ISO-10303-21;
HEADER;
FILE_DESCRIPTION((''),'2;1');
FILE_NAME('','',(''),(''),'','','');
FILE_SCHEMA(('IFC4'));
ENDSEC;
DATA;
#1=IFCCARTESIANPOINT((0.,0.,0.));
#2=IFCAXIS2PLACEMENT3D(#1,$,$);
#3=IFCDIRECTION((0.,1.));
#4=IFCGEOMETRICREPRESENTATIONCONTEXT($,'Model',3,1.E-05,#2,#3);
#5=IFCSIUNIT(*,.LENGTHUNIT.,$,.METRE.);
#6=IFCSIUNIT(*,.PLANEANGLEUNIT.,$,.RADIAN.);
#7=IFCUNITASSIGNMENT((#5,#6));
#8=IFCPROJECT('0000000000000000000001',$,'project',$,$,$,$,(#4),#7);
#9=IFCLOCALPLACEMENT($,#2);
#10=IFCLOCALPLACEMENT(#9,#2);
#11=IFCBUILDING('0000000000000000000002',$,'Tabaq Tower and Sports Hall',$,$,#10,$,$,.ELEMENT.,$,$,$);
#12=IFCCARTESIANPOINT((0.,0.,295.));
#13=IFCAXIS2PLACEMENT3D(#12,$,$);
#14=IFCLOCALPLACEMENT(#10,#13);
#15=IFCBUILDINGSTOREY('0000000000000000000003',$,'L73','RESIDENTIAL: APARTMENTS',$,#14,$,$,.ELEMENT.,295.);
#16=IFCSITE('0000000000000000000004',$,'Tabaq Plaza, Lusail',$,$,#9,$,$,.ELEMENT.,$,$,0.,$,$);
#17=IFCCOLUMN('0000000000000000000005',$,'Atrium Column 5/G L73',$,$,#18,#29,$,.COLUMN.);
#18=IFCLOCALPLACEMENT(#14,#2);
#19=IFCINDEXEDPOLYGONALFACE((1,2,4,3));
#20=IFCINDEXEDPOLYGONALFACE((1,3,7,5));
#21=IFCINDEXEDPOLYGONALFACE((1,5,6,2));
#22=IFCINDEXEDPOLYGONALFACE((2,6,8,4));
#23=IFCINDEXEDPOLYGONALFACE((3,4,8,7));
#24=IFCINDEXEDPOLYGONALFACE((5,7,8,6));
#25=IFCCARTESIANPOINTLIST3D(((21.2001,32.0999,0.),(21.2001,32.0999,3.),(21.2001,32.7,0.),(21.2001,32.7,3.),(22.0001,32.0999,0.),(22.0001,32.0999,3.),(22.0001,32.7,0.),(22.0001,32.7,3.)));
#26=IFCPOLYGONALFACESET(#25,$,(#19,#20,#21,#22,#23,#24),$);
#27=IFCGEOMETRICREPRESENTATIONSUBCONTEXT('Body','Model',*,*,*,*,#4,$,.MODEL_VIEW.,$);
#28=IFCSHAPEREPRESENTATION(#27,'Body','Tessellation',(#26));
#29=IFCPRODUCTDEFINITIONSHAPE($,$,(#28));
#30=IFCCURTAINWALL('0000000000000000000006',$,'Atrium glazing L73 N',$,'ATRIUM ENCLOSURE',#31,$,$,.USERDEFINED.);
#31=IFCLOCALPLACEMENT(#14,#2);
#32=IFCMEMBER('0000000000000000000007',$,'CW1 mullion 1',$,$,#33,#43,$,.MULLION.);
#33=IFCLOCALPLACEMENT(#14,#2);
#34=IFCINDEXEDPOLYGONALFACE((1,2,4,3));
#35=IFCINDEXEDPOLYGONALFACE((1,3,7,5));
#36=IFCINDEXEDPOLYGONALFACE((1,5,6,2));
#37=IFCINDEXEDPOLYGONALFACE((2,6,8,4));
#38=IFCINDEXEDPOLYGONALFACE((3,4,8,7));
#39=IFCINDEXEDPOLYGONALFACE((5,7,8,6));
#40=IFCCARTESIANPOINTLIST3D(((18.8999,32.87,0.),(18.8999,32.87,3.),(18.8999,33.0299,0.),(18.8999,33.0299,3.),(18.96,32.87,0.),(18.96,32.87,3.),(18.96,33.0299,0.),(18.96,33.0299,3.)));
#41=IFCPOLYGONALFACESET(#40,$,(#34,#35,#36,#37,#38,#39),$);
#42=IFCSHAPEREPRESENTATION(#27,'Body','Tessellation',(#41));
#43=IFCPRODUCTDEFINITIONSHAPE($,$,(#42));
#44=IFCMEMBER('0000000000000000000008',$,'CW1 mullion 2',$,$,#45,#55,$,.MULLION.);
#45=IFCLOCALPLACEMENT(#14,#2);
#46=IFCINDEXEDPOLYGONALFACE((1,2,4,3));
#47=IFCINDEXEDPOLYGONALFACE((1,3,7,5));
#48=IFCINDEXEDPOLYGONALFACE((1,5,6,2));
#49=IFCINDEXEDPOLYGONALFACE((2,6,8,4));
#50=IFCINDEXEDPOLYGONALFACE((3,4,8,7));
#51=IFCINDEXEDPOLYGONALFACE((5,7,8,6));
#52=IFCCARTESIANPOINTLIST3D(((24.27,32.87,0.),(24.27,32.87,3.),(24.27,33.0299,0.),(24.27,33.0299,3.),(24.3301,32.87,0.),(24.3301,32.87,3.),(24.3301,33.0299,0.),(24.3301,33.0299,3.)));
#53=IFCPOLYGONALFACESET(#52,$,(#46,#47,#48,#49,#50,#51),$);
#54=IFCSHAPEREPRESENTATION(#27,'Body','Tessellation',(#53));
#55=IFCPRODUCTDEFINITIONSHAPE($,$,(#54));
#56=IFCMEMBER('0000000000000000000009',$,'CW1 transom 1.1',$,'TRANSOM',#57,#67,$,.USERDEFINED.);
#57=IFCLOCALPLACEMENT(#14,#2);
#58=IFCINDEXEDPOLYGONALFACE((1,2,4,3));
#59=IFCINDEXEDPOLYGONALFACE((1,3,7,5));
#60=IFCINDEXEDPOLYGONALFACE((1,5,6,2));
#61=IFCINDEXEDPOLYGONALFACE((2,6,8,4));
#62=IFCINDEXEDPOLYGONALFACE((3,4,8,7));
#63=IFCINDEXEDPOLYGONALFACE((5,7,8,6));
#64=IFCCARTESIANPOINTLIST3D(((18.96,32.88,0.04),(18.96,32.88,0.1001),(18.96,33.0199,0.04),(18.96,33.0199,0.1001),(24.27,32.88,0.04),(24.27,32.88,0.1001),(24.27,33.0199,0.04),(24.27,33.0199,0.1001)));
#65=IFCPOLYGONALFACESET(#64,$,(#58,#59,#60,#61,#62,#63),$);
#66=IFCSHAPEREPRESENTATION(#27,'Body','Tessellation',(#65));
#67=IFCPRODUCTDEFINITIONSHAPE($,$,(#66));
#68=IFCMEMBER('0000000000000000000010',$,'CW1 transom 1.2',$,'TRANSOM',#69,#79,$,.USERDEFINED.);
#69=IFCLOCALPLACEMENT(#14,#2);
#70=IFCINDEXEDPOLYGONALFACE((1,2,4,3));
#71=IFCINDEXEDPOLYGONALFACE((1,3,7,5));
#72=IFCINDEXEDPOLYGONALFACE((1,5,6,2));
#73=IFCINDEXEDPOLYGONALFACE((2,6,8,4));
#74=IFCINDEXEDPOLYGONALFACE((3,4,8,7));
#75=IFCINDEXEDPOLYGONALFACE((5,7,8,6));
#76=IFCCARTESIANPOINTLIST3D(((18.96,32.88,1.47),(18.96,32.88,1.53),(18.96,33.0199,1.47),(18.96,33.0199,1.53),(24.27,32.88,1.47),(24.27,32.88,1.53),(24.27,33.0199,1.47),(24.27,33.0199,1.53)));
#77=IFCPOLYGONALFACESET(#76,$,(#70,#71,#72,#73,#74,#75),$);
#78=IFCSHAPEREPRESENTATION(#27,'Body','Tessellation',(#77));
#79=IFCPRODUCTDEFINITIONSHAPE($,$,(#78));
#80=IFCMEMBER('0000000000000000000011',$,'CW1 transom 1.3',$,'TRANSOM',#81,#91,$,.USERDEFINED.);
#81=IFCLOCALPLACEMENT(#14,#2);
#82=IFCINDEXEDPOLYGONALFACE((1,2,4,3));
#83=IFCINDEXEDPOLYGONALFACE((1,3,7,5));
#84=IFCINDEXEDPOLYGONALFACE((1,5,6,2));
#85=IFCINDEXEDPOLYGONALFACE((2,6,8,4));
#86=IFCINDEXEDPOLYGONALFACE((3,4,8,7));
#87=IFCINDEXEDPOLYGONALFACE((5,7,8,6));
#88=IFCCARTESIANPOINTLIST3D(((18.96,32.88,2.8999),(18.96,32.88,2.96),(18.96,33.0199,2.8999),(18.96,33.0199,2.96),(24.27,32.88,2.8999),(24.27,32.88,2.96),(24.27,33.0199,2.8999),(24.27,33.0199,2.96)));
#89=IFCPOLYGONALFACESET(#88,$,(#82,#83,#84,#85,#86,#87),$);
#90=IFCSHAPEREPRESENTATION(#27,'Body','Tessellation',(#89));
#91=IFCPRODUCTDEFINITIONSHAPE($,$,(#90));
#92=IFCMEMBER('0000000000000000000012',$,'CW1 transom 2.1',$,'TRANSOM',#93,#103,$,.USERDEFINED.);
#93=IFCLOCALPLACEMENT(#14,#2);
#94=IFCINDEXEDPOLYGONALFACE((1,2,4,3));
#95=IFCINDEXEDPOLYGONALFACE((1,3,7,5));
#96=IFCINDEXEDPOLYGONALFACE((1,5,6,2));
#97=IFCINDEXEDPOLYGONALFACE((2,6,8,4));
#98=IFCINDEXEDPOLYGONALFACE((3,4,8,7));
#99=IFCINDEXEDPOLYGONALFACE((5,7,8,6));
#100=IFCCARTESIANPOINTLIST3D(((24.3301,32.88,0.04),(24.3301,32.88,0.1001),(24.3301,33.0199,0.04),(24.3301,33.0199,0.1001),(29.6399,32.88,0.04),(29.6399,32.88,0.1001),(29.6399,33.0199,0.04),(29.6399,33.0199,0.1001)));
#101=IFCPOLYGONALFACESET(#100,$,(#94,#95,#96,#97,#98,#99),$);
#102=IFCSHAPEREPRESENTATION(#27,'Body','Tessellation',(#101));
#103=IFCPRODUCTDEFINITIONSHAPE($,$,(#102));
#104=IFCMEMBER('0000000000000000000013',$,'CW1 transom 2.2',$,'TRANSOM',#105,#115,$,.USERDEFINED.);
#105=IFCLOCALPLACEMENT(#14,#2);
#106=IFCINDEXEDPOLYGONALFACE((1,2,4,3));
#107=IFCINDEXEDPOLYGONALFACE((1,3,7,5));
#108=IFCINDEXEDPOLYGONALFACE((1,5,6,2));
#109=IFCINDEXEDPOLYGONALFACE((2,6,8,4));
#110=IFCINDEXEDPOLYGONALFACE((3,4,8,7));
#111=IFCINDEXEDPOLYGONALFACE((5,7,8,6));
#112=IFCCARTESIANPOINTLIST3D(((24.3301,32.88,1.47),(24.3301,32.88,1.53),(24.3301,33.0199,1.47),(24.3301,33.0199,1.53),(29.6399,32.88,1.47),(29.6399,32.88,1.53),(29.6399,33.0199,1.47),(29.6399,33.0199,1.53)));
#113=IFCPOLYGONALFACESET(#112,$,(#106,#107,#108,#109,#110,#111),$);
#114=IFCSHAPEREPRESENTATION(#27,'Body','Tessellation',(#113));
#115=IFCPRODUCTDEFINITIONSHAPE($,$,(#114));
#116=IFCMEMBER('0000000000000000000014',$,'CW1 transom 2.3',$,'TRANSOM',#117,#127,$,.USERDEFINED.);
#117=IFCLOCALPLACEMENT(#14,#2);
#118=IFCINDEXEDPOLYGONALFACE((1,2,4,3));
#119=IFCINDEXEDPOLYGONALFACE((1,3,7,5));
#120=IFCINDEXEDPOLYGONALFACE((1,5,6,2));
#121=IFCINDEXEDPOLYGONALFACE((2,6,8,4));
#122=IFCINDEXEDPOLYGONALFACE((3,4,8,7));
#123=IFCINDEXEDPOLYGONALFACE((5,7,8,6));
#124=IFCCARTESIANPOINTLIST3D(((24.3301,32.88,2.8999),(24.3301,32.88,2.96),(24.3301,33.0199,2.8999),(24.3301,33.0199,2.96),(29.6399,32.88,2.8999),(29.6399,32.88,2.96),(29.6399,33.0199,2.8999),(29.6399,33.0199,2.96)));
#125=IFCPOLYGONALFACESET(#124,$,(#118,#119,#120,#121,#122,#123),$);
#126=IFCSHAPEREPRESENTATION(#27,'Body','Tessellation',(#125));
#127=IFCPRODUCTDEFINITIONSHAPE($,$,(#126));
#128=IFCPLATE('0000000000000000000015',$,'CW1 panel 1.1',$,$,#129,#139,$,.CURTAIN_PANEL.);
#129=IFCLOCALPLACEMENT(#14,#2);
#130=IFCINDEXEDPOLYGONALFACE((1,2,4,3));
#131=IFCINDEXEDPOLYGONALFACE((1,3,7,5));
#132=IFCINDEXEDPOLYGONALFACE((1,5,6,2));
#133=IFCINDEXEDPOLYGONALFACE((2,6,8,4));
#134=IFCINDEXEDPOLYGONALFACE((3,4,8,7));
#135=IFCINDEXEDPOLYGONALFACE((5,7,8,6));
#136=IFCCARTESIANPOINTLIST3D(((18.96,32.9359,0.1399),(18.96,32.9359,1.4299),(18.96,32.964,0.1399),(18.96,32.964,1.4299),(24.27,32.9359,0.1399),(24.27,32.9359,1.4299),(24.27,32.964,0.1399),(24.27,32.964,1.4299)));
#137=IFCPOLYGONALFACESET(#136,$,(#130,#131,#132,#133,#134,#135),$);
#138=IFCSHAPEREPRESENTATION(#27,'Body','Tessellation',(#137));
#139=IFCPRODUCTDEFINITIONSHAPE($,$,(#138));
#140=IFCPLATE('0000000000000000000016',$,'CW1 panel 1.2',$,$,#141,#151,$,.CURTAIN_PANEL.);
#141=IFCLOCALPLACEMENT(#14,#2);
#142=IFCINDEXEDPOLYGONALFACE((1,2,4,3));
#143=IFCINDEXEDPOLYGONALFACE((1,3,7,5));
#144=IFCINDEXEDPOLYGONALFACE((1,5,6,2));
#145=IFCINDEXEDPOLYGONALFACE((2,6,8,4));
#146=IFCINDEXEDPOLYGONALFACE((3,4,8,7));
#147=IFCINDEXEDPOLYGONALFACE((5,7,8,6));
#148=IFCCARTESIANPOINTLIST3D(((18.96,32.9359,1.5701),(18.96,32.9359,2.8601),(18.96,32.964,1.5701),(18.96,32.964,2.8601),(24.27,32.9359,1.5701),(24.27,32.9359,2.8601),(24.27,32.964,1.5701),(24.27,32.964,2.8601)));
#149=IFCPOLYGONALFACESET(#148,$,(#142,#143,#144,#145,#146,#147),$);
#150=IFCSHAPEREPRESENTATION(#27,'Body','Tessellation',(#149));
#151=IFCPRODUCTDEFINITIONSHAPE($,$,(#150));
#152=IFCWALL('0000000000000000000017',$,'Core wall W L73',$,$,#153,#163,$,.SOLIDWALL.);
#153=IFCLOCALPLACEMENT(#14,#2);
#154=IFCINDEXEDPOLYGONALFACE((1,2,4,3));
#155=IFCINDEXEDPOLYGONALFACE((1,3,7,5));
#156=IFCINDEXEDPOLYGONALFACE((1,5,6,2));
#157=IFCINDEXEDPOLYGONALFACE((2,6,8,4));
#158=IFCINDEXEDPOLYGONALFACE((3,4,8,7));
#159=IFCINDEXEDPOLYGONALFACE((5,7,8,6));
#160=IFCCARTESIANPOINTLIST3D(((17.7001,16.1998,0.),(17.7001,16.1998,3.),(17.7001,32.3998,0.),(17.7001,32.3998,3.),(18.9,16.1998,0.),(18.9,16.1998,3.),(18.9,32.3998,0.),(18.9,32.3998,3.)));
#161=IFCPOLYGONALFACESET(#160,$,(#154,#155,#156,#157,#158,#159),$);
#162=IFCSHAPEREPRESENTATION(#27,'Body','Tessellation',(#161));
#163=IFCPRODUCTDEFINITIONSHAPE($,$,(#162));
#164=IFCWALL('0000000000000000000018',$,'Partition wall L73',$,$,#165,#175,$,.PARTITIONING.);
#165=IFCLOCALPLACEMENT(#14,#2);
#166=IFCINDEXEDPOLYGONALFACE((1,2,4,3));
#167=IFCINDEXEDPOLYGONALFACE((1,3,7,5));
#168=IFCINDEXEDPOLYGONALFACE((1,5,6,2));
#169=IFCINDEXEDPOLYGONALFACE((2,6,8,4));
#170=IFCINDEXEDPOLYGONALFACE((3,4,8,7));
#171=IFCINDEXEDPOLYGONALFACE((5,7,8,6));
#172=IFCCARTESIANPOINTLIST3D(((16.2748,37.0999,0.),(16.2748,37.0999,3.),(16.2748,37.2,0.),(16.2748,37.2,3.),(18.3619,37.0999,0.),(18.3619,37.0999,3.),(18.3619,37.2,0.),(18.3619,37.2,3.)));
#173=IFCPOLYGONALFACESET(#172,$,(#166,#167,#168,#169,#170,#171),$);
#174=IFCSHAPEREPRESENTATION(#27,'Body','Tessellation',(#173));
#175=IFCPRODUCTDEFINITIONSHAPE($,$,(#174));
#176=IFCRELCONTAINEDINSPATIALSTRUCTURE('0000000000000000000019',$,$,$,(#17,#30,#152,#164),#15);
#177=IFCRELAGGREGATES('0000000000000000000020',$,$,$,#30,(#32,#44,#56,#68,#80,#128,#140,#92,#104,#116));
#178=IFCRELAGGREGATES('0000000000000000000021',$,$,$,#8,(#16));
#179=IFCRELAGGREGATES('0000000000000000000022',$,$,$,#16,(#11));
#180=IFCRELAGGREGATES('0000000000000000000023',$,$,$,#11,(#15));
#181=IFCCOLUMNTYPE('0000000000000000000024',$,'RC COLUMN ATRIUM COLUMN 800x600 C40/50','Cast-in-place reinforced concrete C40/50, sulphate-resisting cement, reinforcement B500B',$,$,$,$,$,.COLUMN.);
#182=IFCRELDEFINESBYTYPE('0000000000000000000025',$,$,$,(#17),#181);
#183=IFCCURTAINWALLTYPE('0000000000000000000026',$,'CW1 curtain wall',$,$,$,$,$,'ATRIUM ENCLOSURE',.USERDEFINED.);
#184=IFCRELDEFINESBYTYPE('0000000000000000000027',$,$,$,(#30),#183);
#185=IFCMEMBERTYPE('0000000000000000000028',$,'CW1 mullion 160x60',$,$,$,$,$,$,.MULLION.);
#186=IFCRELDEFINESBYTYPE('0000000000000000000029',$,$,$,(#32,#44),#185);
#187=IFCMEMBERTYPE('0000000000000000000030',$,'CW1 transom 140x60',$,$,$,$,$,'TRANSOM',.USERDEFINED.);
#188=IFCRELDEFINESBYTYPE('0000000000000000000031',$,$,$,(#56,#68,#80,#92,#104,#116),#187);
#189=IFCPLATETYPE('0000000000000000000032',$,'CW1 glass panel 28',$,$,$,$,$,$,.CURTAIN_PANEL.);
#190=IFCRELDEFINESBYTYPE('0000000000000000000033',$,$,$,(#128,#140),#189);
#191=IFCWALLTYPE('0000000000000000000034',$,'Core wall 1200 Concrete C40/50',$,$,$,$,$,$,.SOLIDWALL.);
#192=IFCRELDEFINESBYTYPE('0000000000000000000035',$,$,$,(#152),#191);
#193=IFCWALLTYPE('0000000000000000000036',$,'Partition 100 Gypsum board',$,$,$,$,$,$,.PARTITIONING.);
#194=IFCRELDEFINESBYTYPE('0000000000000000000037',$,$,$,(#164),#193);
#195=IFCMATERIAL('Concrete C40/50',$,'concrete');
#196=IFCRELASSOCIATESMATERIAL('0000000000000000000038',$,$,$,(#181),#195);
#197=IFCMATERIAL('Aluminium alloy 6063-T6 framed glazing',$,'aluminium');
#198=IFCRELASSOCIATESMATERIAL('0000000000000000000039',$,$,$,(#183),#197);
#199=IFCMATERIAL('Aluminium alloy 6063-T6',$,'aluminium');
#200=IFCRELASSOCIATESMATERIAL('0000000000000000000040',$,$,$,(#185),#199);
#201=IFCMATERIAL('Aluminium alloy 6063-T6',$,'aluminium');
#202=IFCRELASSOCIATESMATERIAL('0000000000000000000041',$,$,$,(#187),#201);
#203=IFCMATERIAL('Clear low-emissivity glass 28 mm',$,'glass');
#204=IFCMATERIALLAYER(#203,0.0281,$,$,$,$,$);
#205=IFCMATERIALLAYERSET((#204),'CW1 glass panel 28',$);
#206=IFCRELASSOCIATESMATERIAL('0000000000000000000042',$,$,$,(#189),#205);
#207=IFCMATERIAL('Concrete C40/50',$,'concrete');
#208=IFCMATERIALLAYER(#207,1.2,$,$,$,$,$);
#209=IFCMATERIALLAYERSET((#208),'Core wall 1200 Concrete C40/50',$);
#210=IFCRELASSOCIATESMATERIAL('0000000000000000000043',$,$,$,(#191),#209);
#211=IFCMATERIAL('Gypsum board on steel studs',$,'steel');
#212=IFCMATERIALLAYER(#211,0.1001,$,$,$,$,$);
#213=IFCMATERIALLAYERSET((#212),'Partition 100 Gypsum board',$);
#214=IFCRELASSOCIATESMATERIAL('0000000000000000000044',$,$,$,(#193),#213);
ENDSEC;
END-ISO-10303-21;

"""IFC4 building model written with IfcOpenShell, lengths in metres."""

from ifc_helpers import new_model, si_unit, direction, frame, frame_2d, origin, origin_2d, place, context, subcontext, project, spatial, rectangle, extrude, material, layer, layer_set, material_profile, profile_set, type_object, element, aggregate, save


model = new_model("IFC4")

# Units and contexts
model_context = context("Model", 3, precision=1e-05, world=origin(), true_north=direction((0.0, 1.0)))
body_context = subcontext(model_context, "Body", "Model", "MODEL_VIEW")
ifc_project = project(units=[si_unit("LENGTHUNIT", "METRE"), si_unit("PLANEANGLEUNIT", "RADIAN")], contexts=[model_context])

# Site, building, storey
site_placement = place(None, origin())
site = spatial("IfcSite", under=ifc_project, at=site_placement, Name="Tabaq Plaza, Lusail", CompositionType="ELEMENT", RefElevation=0.0)
building_placement = place(site_placement, origin())
building = spatial("IfcBuilding", under=site, at=building_placement, Name="Tabaq Tower and Sports Hall", CompositionType="ELEMENT")
storey_placement = place(building_placement, frame((0.0, 0.0, 295.0)))
storey = spatial("IfcBuildingStorey", under=building, at=storey_placement, Name="L73", Description="RESIDENTIAL: APARTMENTS", CompositionType="ELEMENT", Elevation=295.0)

# Column
ifc_material_1 = material(Name="Concrete C40/50", Category="concrete")
ifc_material_profile_1 = material_profile(ifc_material_1, rectangle(XDim=0.8, YDim=0.6001, at=origin_2d()), Name="ATRIUM COLUMN 800x600")
ifc_profile_set_1 = profile_set([ifc_material_profile_1], Name="Concrete C40/50")
column_type = type_object("IfcColumnType", Name="RC COLUMN ATRIUM COLUMN 800x600 C40/50", Description="Cast-in-place reinforced concrete C40/50, sulphate-resisting cement, reinforcement B500B", PredefinedType="COLUMN", material=ifc_profile_set_1)
column_placement = place(storey_placement, frame((21.6001, 32.3999, 0.0), z_axis=(0.0, 0.0, 1.0), x_axis=(1.0, 0.0, 0.0)))
element("IfcColumn", 1, at=column_placement, inside=storey, type_object=column_type, Name="Atrium Column 5/G L73", PredefinedType="COLUMN", context=body_context, shape_type="SweptSolid", body=[
    extrude(rectangle(XDim=0.8, YDim=0.6001, at=origin_2d()), origin(), (0.0, 0.0, 1.0), 3.0),
])

# Curtain wall, members, plates
ifc_material_2 = material(Name="Aluminium alloy 6063-T6 framed glazing", Category="aluminium")
curtain_wall_type = type_object("IfcCurtainWallType", Name="CW1 curtain wall", ElementType="ATRIUM ENCLOSURE", PredefinedType="USERDEFINED", material=ifc_material_2)
curtain_wall_placement = place(storey_placement, origin())
curtain_wall = element("IfcCurtainWall", 2, at=curtain_wall_placement, inside=storey, type_object=curtain_wall_type, Name="Atrium glazing L73 N", ObjectType="ATRIUM ENCLOSURE", PredefinedType="USERDEFINED")
ifc_material_3 = material(Name="Aluminium alloy 6063-T6", Category="aluminium")
ifc_material_profile_2 = material_profile(ifc_material_3, rectangle(XDim=0.1599, YDim=0.0601, at=origin_2d()), Name="MULLION 160x60")
ifc_profile_set_2 = profile_set([ifc_material_profile_2], Name="Aluminium alloy 6063-T6")
member_type_1 = type_object("IfcMemberType", Name="CW1 mullion 160x60", PredefinedType="MULLION", material=ifc_profile_set_2)
member_1_placement = place(storey_placement, frame((18.9299, 32.95, 0.0), z_axis=(0.0, 0.0, 1.0), x_axis=(0.0, 1.0, 0.0)))
member_1 = element("IfcMember", 3, at=member_1_placement, type_object=member_type_1, Name="CW1 mullion 1", PredefinedType="MULLION", context=body_context, shape_type="SweptSolid", body=[
    extrude(rectangle(XDim=0.1599, YDim=0.0601, at=origin_2d()), origin(), (0.0, 0.0, 1.0), 3.0),
])
member_2_placement = place(storey_placement, frame((24.3, 32.95, 0.0), z_axis=(0.0, 0.0, 1.0), x_axis=(0.0, 1.0, 0.0)))
member_2 = element("IfcMember", 4, at=member_2_placement, type_object=member_type_1, Name="CW1 mullion 2", PredefinedType="MULLION", context=body_context, shape_type="SweptSolid", body=[
    extrude(rectangle(XDim=0.1599, YDim=0.0601, at=origin_2d()), origin(), (0.0, 0.0, 1.0), 3.0),
])
ifc_material_4 = material(Name="Aluminium alloy 6063-T6", Category="aluminium")
ifc_material_profile_3 = material_profile(ifc_material_4, rectangle(XDim=0.1399, YDim=0.0601, at=origin_2d()), Name="TRANSOM 140x60")
ifc_profile_set_3 = profile_set([ifc_material_profile_3], Name="Aluminium alloy 6063-T6")
member_type_2 = type_object("IfcMemberType", Name="CW1 transom 140x60", ElementType="TRANSOM", PredefinedType="USERDEFINED", material=ifc_profile_set_3)
member_3_placement = place(storey_placement, frame((18.96, 32.95, 0.0701), z_axis=(1.0, 0.0, 0.0), x_axis=(0.0, 1.0, 0.0)))
member_3 = element("IfcMember", 5, at=member_3_placement, type_object=member_type_2, Name="CW1 transom 1.1", ObjectType="TRANSOM", PredefinedType="USERDEFINED", context=body_context, shape_type="SweptSolid", body=[
    extrude(rectangle(XDim=0.1399, YDim=0.0601, at=origin_2d()), origin(), (0.0, 0.0, 1.0), 5.3101),
])
member_4_placement = place(storey_placement, frame((18.96, 32.95, 1.5), z_axis=(1.0, 0.0, 0.0), x_axis=(0.0, 1.0, 0.0)))
member_4 = element("IfcMember", 6, at=member_4_placement, type_object=member_type_2, Name="CW1 transom 1.2", ObjectType="TRANSOM", PredefinedType="USERDEFINED", context=body_context, shape_type="SweptSolid", body=[
    extrude(rectangle(XDim=0.1399, YDim=0.0601, at=origin_2d()), origin(), (0.0, 0.0, 1.0), 5.3101),
])
member_5_placement = place(storey_placement, frame((18.96, 32.95, 2.9299), z_axis=(1.0, 0.0, 0.0), x_axis=(0.0, 1.0, 0.0)))
member_5 = element("IfcMember", 7, at=member_5_placement, type_object=member_type_2, Name="CW1 transom 1.3", ObjectType="TRANSOM", PredefinedType="USERDEFINED", context=body_context, shape_type="SweptSolid", body=[
    extrude(rectangle(XDim=0.1399, YDim=0.0601, at=origin_2d()), origin(), (0.0, 0.0, 1.0), 5.3101),
])
member_6_placement = place(storey_placement, frame((24.3301, 32.95, 0.0701), z_axis=(1.0, 0.0, 0.0), x_axis=(0.0, 1.0, 0.0)))
member_6 = element("IfcMember", 8, at=member_6_placement, type_object=member_type_2, Name="CW1 transom 2.1", ObjectType="TRANSOM", PredefinedType="USERDEFINED", context=body_context, shape_type="SweptSolid", body=[
    extrude(rectangle(XDim=0.1399, YDim=0.0601, at=origin_2d()), origin(), (0.0, 0.0, 1.0), 5.3098),
])
member_7_placement = place(storey_placement, frame((24.3301, 32.95, 1.5), z_axis=(1.0, 0.0, 0.0), x_axis=(0.0, 1.0, 0.0)))
member_7 = element("IfcMember", 9, at=member_7_placement, type_object=member_type_2, Name="CW1 transom 2.2", ObjectType="TRANSOM", PredefinedType="USERDEFINED", context=body_context, shape_type="SweptSolid", body=[
    extrude(rectangle(XDim=0.1399, YDim=0.0601, at=origin_2d()), origin(), (0.0, 0.0, 1.0), 5.3098),
])
member_8_placement = place(storey_placement, frame((24.3301, 32.95, 2.9299), z_axis=(1.0, 0.0, 0.0), x_axis=(0.0, 1.0, 0.0)))
member_8 = element("IfcMember", 10, at=member_8_placement, type_object=member_type_2, Name="CW1 transom 2.3", ObjectType="TRANSOM", PredefinedType="USERDEFINED", context=body_context, shape_type="SweptSolid", body=[
    extrude(rectangle(XDim=0.1399, YDim=0.0601, at=origin_2d()), origin(), (0.0, 0.0, 1.0), 5.3098),
])
ifc_material_5 = material(Name="Clear low-emissivity glass 28 mm", Category="glass")
ifc_layer_1 = layer(ifc_material_5, 0.0281)
ifc_layer_set_1 = layer_set([ifc_layer_1], Name="CW1 glass panel 28")
plate_type = type_object("IfcPlateType", Name="CW1 glass panel 28", PredefinedType="CURTAIN_PANEL", material=ifc_layer_set_1)
plate_1_placement = place(storey_placement, frame((21.615, 32.95, 0.1399), z_axis=(0.0, 0.0, 1.0), x_axis=(1.0, 0.0, 0.0)))
plate_1 = element("IfcPlate", 11, at=plate_1_placement, type_object=plate_type, Name="CW1 panel 1.1", PredefinedType="CURTAIN_PANEL", context=body_context, shape_type="SweptSolid", body=[
    extrude(rectangle(XDim=5.3101, YDim=0.0281, at=origin_2d()), origin(), (0.0, 0.0, 1.0), 1.29),
])
plate_2_placement = place(storey_placement, frame((21.615, 32.95, 1.5701), z_axis=(0.0, 0.0, 1.0), x_axis=(1.0, 0.0, 0.0)))
plate_2 = element("IfcPlate", 12, at=plate_2_placement, type_object=plate_type, Name="CW1 panel 1.2", PredefinedType="CURTAIN_PANEL", context=body_context, shape_type="SweptSolid", body=[
    extrude(rectangle(XDim=5.3101, YDim=0.0281, at=origin_2d()), origin(), (0.0, 0.0, 1.0), 1.29),
])
aggregate(curtain_wall, [member_1, member_2, member_3, member_4, member_5, plate_1, plate_2, member_6, member_7, member_8])

# Walls
ifc_material_6 = material(Name="Concrete C40/50", Category="concrete")
ifc_layer_2 = layer(ifc_material_6, 1.2)
ifc_layer_set_2 = layer_set([ifc_layer_2], Name="Core wall 1200 Concrete C40/50")
wall_type_1 = type_object("IfcWallType", Name="Core wall 1200 Concrete C40/50", PredefinedType="SOLIDWALL", material=ifc_layer_set_2)
wall_1_placement = place(storey_placement, frame((18.3, 32.3999, 0.0), z_axis=(0.0, 0.0, 1.0), x_axis=(0.0, -1.0, 0.0)))
element("IfcWall", 13, at=wall_1_placement, inside=storey, type_object=wall_type_1, Name="Core wall W L73", PredefinedType="SOLIDWALL", context=body_context, shape_type="SweptSolid", body=[
    extrude(rectangle(XDim=16.2, YDim=1.2, at=frame_2d((8.1001, 0.0))), origin(), (0.0, 0.0, 1.0), 3.0),
])
ifc_material_7 = material(Name="Gypsum board on steel studs", Category="steel")
ifc_layer_3 = layer(ifc_material_7, 0.1001)
ifc_layer_set_3 = layer_set([ifc_layer_3], Name="Partition 100 Gypsum board")
wall_type_2 = type_object("IfcWallType", Name="Partition 100 Gypsum board", PredefinedType="PARTITIONING", material=ifc_layer_set_3)
wall_2_placement = place(storey_placement, frame((16.2749, 37.1499, 0.0), z_axis=(0.0, 0.0, 1.0), x_axis=(1.0, 0.0, 0.0)))
element("IfcWall", 14, at=wall_2_placement, inside=storey, type_object=wall_type_2, Name="Partition wall L73", PredefinedType="PARTITIONING", context=body_context, shape_type="SweptSolid", body=[
    extrude(rectangle(XDim=2.0872, YDim=0.1001, at=frame_2d((1.0435, 0.0))), origin(), (0.0, 0.0, 1.0), 3.0),
])

save(model, "model.ifc")
